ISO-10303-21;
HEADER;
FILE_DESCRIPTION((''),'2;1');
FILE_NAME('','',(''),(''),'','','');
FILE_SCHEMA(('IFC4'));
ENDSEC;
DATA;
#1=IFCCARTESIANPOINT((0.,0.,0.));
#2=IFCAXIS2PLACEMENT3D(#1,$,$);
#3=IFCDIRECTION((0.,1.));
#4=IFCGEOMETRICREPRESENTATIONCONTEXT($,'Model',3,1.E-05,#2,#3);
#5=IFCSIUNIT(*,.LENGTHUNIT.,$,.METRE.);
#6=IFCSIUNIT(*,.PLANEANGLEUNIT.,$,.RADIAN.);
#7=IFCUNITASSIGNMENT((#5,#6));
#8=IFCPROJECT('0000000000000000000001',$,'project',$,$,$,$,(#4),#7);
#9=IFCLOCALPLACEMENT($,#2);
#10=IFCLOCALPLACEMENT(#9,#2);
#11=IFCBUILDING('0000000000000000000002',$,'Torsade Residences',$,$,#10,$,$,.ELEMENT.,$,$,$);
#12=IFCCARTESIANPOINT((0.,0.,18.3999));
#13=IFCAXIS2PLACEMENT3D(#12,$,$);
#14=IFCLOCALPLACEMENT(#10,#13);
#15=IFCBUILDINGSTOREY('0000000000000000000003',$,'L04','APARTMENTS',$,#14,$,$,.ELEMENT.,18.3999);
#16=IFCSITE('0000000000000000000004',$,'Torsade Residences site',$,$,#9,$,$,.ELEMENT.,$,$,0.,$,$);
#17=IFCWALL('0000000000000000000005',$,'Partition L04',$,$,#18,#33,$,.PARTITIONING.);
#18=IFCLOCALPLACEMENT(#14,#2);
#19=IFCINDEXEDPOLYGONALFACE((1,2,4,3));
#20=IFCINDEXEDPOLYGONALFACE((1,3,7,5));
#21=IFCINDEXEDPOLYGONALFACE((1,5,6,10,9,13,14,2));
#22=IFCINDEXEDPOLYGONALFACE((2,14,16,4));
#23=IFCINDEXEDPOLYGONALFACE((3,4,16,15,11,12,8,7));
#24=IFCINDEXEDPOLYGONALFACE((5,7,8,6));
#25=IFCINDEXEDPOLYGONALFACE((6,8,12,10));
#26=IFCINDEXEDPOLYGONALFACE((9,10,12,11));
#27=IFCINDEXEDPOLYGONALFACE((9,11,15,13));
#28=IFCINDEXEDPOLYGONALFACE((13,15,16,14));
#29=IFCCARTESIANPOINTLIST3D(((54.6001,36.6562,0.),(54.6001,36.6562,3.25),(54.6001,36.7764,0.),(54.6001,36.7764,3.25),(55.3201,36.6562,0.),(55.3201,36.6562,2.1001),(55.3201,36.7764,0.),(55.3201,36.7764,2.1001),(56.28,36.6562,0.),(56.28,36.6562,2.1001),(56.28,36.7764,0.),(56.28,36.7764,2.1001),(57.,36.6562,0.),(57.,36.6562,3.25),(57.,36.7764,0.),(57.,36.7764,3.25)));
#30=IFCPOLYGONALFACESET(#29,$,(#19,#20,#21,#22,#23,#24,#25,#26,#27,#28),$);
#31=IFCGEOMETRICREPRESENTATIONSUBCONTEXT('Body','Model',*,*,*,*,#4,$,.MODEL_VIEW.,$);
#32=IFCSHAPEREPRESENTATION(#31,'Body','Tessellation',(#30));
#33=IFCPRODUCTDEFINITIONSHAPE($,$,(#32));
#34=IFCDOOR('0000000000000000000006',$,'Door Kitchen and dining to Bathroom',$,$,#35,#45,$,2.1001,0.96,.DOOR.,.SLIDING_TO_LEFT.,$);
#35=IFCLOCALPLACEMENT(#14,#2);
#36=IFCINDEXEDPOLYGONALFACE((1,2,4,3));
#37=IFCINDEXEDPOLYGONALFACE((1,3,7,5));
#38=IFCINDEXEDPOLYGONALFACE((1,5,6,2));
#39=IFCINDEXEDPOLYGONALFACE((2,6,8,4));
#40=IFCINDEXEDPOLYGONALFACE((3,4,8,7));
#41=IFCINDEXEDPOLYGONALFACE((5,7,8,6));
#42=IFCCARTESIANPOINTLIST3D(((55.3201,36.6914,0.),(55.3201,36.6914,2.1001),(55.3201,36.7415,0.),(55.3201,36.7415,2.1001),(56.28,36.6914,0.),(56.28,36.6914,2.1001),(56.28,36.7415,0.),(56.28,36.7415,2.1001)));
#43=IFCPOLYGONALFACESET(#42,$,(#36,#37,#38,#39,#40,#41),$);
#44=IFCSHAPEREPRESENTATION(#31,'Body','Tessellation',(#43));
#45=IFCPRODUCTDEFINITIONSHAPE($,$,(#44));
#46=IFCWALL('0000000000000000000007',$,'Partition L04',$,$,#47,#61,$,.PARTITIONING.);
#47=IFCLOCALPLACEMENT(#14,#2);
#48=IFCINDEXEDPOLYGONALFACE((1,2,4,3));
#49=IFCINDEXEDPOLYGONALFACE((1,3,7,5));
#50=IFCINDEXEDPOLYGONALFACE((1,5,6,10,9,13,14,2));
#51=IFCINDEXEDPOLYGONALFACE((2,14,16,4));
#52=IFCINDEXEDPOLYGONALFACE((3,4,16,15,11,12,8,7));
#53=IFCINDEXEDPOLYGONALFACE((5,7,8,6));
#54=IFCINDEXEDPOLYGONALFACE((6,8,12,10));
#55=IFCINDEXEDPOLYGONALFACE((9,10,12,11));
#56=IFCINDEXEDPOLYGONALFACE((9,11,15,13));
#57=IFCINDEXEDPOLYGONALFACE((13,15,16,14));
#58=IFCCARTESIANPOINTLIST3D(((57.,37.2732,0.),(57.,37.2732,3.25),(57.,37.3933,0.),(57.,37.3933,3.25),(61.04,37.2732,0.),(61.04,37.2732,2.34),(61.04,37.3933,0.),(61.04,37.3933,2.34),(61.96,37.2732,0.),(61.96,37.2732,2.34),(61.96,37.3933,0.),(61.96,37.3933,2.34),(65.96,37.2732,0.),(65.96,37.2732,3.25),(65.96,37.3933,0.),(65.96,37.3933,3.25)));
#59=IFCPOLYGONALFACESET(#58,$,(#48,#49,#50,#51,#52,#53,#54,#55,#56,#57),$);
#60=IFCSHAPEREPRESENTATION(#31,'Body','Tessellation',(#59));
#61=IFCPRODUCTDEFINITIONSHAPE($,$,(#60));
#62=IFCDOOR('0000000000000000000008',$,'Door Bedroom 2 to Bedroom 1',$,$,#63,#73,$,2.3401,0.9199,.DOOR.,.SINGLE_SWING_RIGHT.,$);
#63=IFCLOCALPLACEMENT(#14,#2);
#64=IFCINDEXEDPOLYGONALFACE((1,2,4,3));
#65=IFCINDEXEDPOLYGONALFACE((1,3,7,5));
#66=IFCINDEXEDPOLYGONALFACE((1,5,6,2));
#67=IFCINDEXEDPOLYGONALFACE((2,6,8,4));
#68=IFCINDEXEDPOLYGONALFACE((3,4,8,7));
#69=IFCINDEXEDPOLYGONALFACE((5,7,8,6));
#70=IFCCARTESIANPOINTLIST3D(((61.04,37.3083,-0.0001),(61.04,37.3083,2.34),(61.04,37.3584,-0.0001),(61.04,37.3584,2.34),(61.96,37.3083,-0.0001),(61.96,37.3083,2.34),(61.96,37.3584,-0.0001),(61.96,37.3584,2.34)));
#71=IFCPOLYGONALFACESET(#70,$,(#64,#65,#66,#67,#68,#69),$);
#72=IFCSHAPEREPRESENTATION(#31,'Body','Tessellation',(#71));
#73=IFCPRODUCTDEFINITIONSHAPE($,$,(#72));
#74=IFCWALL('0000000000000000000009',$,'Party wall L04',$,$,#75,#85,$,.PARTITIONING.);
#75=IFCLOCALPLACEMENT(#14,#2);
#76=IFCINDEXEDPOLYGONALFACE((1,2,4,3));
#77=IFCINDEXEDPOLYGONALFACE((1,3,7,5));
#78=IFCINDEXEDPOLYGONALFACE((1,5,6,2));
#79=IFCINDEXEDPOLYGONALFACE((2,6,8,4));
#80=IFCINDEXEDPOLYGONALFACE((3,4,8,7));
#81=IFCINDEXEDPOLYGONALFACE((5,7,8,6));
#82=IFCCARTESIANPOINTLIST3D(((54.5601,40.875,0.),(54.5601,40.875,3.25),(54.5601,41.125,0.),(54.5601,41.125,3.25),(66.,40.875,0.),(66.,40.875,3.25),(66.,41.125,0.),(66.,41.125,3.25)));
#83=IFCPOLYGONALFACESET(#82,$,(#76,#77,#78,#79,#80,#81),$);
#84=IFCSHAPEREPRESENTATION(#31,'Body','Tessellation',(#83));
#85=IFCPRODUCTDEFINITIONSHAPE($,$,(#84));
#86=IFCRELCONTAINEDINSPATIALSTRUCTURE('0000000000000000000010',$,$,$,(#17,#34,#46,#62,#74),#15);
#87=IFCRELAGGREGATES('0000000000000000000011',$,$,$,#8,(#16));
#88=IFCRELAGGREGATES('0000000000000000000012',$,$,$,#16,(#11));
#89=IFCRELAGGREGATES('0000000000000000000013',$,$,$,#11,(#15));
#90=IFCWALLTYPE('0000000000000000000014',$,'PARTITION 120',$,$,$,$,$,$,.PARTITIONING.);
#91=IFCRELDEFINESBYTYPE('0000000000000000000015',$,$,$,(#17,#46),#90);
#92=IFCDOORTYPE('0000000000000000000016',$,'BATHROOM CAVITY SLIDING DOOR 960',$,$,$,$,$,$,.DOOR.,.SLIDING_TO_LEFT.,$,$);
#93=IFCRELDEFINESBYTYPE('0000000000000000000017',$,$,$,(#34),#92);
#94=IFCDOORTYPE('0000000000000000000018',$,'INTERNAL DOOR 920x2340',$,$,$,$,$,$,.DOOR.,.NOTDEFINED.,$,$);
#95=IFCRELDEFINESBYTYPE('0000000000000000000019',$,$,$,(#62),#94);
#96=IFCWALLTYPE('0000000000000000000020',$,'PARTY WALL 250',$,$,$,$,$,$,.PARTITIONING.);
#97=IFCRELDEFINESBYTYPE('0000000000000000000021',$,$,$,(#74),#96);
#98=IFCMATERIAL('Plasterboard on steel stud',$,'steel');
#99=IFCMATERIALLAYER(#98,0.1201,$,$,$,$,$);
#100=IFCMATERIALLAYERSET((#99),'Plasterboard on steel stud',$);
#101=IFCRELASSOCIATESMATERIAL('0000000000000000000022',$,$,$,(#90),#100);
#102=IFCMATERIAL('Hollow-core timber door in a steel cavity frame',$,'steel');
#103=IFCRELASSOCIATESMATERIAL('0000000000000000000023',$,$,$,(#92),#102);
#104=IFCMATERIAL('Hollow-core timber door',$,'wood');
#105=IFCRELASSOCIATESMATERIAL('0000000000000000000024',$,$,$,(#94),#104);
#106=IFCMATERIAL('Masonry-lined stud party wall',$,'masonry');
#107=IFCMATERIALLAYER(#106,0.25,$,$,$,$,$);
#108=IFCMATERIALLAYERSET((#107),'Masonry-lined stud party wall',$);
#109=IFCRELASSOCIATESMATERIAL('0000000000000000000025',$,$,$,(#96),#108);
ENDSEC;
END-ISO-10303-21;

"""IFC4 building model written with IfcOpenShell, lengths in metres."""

from ifc_helpers import new_model, si_unit, direction, frame, frame_2d, origin, place, context, subcontext, project, spatial, rectangle, extrude, material, layer, layer_set, type_object, element, fill, save


model = new_model("IFC4")

# Units and contexts
model_context = context("Model", 3, precision=1e-05, world=origin(), true_north=direction((0.0, 1.0)))
body_context = subcontext(model_context, "Body", "Model", "MODEL_VIEW")
ifc_project = project(units=[si_unit("LENGTHUNIT", "METRE"), si_unit("PLANEANGLEUNIT", "RADIAN")], contexts=[model_context])

# Site, building, storey
site_placement = place(None, origin())
site = spatial("IfcSite", under=ifc_project, at=site_placement, Name="Torsade Residences site", CompositionType="ELEMENT", RefElevation=0.0)
building_placement = place(site_placement, origin())
building = spatial("IfcBuilding", under=site, at=building_placement, Name="Torsade Residences", CompositionType="ELEMENT")
storey_placement = place(building_placement, frame((0.0, 0.0, 18.3999)))
storey = spatial("IfcBuildingStorey", under=building, at=storey_placement, Name="L04", Description="APARTMENTS", CompositionType="ELEMENT", Elevation=18.3999)

# Shared definitions
ifc_material_1 = material(Name="Plasterboard on steel stud", Category="steel")
ifc_layer_1 = layer(ifc_material_1, 0.1201)
ifc_layer_set_1 = layer_set([ifc_layer_1], Name="Plasterboard on steel stud")
wall_type_1 = type_object("IfcWallType", Name="PARTITION 120", PredefinedType="PARTITIONING", material=ifc_layer_set_1)
ifc_material_2 = material(Name="Hollow-core timber door in a steel cavity frame", Category="steel")
door_type_1 = type_object("IfcDoorType", Name="BATHROOM CAVITY SLIDING DOOR 960", OperationType="SLIDING_TO_LEFT", PredefinedType="DOOR", material=ifc_material_2)
ifc_material_3 = material(Name="Hollow-core timber door", Category="wood")
door_type_2 = type_object("IfcDoorType", Name="INTERNAL DOOR 920x2340", OperationType="NOTDEFINED", PredefinedType="DOOR", material=ifc_material_3)

# Walls, openings, doors
wall_1_placement = place(storey_placement, frame((57.0, 36.7163, 0.0), z_axis=(0.0, 0.0, 1.0), x_axis=(-1.0, 0.0, 0.0)))
wall_1 = element("IfcWall", 1, at=wall_1_placement, inside=storey, type_object=wall_type_1, Name="Partition L04", PredefinedType="PARTITIONING", context=body_context, shape_type="SweptSolid", body=[
    extrude(rectangle(XDim=2.3999, YDim=0.1201, at=frame_2d((1.2, 0.0))), origin(), (0.0, 0.0, 1.0), 3.25),
])
opening_1_placement = place(wall_1_placement, frame((0.72, 0.0, 0.0)))
opening_1 = element("IfcOpeningElement", 2, at=opening_1_placement, cuts=wall_1, PredefinedType="OPENING", context=body_context, shape_type="SweptSolid", body=[
    extrude(rectangle(XDim=0.96, YDim=2.1001, at=frame_2d((0.48, 1.05))), frame((0.0, 0.0701, 0.0), z_axis=(0.0, -1.0, 0.0), x_axis=(1.0, 0.0, 0.0)), (0.0, 0.0, 1.0), 0.1401),
])
door_1_placement = place(opening_1_placement, origin())
door_1 = element("IfcDoor", 3, at=door_1_placement, inside=storey, type_object=door_type_1, Name="Door Kitchen and dining to Bathroom", OperationType="SLIDING_TO_LEFT", OverallHeight=2.1001, OverallWidth=0.96, PredefinedType="DOOR", context=body_context, shape_type="SweptSolid", body=[
    extrude(rectangle(XDim=0.96, YDim=2.1001, at=frame_2d((0.48, 1.05))), frame((0.0, 0.0249, 0.0), z_axis=(0.0, -1.0, 0.0), x_axis=(1.0, 0.0, 0.0)), (0.0, 0.0, 1.0), 0.05),
])
fill(opening_1, door_1)
wall_2_placement = place(storey_placement, frame((65.96, 37.3333, 0.0), z_axis=(0.0, 0.0, 1.0), x_axis=(-1.0, 0.0, 0.0)))
wall_2 = element("IfcWall", 4, at=wall_2_placement, inside=storey, type_object=wall_type_1, Name="Partition L04", PredefinedType="PARTITIONING", context=body_context, shape_type="SweptSolid", body=[
    extrude(rectangle(XDim=8.96, YDim=0.1201, at=frame_2d((4.48, 0.0))), origin(), (0.0, 0.0, 1.0), 3.25),
])
opening_2_placement = place(wall_2_placement, frame((4.0, 0.0, 0.0)))
opening_2 = element("IfcOpeningElement", 5, at=opening_2_placement, cuts=wall_2, PredefinedType="OPENING", context=body_context, shape_type="SweptSolid", body=[
    extrude(rectangle(XDim=0.9199, YDim=2.3401, at=frame_2d((0.46, 1.1699))), frame((0.0, 0.0701, 0.0), z_axis=(0.0, -1.0, 0.0), x_axis=(1.0, 0.0, 0.0)), (0.0, 0.0, 1.0), 0.1401),
])
door_2_placement = place(opening_2_placement, origin())
door_2 = element("IfcDoor", 6, at=door_2_placement, inside=storey, type_object=door_type_2, Name="Door Bedroom 2 to Bedroom 1", OperationType="SINGLE_SWING_RIGHT", OverallHeight=2.3401, OverallWidth=0.9199, PredefinedType="DOOR", context=body_context, shape_type="SweptSolid", body=[
    extrude(rectangle(XDim=0.9199, YDim=2.3401, at=frame_2d((0.46, 1.1699))), frame((0.0, 0.0249, 0.0), z_axis=(0.0, -1.0, 0.0), x_axis=(1.0, 0.0, 0.0)), (0.0, 0.0, 1.0), 0.05),
])
fill(opening_2, door_2)

# Wall
ifc_material_4 = material(Name="Masonry-lined stud party wall", Category="masonry")
ifc_layer_2 = layer(ifc_material_4, 0.25)
ifc_layer_set_2 = layer_set([ifc_layer_2], Name="Masonry-lined stud party wall")
wall_type_2 = type_object("IfcWallType", Name="PARTY WALL 250", PredefinedType="PARTITIONING", material=ifc_layer_set_2)
wall_3_placement = place(storey_placement, frame((66.0, 41.0, 0.0), z_axis=(0.0, 0.0, 1.0), x_axis=(-1.0, 0.0, 0.0)))
element("IfcWall", 7, at=wall_3_placement, inside=storey, type_object=wall_type_2, Name="Party wall L04", PredefinedType="PARTITIONING", context=body_context, shape_type="SweptSolid", body=[
    extrude(rectangle(XDim=11.4399, YDim=0.25, at=frame_2d((5.72, 0.0))), origin(), (0.0, 0.0, 1.0), 3.25),
])

save(model, "model.ifc")
